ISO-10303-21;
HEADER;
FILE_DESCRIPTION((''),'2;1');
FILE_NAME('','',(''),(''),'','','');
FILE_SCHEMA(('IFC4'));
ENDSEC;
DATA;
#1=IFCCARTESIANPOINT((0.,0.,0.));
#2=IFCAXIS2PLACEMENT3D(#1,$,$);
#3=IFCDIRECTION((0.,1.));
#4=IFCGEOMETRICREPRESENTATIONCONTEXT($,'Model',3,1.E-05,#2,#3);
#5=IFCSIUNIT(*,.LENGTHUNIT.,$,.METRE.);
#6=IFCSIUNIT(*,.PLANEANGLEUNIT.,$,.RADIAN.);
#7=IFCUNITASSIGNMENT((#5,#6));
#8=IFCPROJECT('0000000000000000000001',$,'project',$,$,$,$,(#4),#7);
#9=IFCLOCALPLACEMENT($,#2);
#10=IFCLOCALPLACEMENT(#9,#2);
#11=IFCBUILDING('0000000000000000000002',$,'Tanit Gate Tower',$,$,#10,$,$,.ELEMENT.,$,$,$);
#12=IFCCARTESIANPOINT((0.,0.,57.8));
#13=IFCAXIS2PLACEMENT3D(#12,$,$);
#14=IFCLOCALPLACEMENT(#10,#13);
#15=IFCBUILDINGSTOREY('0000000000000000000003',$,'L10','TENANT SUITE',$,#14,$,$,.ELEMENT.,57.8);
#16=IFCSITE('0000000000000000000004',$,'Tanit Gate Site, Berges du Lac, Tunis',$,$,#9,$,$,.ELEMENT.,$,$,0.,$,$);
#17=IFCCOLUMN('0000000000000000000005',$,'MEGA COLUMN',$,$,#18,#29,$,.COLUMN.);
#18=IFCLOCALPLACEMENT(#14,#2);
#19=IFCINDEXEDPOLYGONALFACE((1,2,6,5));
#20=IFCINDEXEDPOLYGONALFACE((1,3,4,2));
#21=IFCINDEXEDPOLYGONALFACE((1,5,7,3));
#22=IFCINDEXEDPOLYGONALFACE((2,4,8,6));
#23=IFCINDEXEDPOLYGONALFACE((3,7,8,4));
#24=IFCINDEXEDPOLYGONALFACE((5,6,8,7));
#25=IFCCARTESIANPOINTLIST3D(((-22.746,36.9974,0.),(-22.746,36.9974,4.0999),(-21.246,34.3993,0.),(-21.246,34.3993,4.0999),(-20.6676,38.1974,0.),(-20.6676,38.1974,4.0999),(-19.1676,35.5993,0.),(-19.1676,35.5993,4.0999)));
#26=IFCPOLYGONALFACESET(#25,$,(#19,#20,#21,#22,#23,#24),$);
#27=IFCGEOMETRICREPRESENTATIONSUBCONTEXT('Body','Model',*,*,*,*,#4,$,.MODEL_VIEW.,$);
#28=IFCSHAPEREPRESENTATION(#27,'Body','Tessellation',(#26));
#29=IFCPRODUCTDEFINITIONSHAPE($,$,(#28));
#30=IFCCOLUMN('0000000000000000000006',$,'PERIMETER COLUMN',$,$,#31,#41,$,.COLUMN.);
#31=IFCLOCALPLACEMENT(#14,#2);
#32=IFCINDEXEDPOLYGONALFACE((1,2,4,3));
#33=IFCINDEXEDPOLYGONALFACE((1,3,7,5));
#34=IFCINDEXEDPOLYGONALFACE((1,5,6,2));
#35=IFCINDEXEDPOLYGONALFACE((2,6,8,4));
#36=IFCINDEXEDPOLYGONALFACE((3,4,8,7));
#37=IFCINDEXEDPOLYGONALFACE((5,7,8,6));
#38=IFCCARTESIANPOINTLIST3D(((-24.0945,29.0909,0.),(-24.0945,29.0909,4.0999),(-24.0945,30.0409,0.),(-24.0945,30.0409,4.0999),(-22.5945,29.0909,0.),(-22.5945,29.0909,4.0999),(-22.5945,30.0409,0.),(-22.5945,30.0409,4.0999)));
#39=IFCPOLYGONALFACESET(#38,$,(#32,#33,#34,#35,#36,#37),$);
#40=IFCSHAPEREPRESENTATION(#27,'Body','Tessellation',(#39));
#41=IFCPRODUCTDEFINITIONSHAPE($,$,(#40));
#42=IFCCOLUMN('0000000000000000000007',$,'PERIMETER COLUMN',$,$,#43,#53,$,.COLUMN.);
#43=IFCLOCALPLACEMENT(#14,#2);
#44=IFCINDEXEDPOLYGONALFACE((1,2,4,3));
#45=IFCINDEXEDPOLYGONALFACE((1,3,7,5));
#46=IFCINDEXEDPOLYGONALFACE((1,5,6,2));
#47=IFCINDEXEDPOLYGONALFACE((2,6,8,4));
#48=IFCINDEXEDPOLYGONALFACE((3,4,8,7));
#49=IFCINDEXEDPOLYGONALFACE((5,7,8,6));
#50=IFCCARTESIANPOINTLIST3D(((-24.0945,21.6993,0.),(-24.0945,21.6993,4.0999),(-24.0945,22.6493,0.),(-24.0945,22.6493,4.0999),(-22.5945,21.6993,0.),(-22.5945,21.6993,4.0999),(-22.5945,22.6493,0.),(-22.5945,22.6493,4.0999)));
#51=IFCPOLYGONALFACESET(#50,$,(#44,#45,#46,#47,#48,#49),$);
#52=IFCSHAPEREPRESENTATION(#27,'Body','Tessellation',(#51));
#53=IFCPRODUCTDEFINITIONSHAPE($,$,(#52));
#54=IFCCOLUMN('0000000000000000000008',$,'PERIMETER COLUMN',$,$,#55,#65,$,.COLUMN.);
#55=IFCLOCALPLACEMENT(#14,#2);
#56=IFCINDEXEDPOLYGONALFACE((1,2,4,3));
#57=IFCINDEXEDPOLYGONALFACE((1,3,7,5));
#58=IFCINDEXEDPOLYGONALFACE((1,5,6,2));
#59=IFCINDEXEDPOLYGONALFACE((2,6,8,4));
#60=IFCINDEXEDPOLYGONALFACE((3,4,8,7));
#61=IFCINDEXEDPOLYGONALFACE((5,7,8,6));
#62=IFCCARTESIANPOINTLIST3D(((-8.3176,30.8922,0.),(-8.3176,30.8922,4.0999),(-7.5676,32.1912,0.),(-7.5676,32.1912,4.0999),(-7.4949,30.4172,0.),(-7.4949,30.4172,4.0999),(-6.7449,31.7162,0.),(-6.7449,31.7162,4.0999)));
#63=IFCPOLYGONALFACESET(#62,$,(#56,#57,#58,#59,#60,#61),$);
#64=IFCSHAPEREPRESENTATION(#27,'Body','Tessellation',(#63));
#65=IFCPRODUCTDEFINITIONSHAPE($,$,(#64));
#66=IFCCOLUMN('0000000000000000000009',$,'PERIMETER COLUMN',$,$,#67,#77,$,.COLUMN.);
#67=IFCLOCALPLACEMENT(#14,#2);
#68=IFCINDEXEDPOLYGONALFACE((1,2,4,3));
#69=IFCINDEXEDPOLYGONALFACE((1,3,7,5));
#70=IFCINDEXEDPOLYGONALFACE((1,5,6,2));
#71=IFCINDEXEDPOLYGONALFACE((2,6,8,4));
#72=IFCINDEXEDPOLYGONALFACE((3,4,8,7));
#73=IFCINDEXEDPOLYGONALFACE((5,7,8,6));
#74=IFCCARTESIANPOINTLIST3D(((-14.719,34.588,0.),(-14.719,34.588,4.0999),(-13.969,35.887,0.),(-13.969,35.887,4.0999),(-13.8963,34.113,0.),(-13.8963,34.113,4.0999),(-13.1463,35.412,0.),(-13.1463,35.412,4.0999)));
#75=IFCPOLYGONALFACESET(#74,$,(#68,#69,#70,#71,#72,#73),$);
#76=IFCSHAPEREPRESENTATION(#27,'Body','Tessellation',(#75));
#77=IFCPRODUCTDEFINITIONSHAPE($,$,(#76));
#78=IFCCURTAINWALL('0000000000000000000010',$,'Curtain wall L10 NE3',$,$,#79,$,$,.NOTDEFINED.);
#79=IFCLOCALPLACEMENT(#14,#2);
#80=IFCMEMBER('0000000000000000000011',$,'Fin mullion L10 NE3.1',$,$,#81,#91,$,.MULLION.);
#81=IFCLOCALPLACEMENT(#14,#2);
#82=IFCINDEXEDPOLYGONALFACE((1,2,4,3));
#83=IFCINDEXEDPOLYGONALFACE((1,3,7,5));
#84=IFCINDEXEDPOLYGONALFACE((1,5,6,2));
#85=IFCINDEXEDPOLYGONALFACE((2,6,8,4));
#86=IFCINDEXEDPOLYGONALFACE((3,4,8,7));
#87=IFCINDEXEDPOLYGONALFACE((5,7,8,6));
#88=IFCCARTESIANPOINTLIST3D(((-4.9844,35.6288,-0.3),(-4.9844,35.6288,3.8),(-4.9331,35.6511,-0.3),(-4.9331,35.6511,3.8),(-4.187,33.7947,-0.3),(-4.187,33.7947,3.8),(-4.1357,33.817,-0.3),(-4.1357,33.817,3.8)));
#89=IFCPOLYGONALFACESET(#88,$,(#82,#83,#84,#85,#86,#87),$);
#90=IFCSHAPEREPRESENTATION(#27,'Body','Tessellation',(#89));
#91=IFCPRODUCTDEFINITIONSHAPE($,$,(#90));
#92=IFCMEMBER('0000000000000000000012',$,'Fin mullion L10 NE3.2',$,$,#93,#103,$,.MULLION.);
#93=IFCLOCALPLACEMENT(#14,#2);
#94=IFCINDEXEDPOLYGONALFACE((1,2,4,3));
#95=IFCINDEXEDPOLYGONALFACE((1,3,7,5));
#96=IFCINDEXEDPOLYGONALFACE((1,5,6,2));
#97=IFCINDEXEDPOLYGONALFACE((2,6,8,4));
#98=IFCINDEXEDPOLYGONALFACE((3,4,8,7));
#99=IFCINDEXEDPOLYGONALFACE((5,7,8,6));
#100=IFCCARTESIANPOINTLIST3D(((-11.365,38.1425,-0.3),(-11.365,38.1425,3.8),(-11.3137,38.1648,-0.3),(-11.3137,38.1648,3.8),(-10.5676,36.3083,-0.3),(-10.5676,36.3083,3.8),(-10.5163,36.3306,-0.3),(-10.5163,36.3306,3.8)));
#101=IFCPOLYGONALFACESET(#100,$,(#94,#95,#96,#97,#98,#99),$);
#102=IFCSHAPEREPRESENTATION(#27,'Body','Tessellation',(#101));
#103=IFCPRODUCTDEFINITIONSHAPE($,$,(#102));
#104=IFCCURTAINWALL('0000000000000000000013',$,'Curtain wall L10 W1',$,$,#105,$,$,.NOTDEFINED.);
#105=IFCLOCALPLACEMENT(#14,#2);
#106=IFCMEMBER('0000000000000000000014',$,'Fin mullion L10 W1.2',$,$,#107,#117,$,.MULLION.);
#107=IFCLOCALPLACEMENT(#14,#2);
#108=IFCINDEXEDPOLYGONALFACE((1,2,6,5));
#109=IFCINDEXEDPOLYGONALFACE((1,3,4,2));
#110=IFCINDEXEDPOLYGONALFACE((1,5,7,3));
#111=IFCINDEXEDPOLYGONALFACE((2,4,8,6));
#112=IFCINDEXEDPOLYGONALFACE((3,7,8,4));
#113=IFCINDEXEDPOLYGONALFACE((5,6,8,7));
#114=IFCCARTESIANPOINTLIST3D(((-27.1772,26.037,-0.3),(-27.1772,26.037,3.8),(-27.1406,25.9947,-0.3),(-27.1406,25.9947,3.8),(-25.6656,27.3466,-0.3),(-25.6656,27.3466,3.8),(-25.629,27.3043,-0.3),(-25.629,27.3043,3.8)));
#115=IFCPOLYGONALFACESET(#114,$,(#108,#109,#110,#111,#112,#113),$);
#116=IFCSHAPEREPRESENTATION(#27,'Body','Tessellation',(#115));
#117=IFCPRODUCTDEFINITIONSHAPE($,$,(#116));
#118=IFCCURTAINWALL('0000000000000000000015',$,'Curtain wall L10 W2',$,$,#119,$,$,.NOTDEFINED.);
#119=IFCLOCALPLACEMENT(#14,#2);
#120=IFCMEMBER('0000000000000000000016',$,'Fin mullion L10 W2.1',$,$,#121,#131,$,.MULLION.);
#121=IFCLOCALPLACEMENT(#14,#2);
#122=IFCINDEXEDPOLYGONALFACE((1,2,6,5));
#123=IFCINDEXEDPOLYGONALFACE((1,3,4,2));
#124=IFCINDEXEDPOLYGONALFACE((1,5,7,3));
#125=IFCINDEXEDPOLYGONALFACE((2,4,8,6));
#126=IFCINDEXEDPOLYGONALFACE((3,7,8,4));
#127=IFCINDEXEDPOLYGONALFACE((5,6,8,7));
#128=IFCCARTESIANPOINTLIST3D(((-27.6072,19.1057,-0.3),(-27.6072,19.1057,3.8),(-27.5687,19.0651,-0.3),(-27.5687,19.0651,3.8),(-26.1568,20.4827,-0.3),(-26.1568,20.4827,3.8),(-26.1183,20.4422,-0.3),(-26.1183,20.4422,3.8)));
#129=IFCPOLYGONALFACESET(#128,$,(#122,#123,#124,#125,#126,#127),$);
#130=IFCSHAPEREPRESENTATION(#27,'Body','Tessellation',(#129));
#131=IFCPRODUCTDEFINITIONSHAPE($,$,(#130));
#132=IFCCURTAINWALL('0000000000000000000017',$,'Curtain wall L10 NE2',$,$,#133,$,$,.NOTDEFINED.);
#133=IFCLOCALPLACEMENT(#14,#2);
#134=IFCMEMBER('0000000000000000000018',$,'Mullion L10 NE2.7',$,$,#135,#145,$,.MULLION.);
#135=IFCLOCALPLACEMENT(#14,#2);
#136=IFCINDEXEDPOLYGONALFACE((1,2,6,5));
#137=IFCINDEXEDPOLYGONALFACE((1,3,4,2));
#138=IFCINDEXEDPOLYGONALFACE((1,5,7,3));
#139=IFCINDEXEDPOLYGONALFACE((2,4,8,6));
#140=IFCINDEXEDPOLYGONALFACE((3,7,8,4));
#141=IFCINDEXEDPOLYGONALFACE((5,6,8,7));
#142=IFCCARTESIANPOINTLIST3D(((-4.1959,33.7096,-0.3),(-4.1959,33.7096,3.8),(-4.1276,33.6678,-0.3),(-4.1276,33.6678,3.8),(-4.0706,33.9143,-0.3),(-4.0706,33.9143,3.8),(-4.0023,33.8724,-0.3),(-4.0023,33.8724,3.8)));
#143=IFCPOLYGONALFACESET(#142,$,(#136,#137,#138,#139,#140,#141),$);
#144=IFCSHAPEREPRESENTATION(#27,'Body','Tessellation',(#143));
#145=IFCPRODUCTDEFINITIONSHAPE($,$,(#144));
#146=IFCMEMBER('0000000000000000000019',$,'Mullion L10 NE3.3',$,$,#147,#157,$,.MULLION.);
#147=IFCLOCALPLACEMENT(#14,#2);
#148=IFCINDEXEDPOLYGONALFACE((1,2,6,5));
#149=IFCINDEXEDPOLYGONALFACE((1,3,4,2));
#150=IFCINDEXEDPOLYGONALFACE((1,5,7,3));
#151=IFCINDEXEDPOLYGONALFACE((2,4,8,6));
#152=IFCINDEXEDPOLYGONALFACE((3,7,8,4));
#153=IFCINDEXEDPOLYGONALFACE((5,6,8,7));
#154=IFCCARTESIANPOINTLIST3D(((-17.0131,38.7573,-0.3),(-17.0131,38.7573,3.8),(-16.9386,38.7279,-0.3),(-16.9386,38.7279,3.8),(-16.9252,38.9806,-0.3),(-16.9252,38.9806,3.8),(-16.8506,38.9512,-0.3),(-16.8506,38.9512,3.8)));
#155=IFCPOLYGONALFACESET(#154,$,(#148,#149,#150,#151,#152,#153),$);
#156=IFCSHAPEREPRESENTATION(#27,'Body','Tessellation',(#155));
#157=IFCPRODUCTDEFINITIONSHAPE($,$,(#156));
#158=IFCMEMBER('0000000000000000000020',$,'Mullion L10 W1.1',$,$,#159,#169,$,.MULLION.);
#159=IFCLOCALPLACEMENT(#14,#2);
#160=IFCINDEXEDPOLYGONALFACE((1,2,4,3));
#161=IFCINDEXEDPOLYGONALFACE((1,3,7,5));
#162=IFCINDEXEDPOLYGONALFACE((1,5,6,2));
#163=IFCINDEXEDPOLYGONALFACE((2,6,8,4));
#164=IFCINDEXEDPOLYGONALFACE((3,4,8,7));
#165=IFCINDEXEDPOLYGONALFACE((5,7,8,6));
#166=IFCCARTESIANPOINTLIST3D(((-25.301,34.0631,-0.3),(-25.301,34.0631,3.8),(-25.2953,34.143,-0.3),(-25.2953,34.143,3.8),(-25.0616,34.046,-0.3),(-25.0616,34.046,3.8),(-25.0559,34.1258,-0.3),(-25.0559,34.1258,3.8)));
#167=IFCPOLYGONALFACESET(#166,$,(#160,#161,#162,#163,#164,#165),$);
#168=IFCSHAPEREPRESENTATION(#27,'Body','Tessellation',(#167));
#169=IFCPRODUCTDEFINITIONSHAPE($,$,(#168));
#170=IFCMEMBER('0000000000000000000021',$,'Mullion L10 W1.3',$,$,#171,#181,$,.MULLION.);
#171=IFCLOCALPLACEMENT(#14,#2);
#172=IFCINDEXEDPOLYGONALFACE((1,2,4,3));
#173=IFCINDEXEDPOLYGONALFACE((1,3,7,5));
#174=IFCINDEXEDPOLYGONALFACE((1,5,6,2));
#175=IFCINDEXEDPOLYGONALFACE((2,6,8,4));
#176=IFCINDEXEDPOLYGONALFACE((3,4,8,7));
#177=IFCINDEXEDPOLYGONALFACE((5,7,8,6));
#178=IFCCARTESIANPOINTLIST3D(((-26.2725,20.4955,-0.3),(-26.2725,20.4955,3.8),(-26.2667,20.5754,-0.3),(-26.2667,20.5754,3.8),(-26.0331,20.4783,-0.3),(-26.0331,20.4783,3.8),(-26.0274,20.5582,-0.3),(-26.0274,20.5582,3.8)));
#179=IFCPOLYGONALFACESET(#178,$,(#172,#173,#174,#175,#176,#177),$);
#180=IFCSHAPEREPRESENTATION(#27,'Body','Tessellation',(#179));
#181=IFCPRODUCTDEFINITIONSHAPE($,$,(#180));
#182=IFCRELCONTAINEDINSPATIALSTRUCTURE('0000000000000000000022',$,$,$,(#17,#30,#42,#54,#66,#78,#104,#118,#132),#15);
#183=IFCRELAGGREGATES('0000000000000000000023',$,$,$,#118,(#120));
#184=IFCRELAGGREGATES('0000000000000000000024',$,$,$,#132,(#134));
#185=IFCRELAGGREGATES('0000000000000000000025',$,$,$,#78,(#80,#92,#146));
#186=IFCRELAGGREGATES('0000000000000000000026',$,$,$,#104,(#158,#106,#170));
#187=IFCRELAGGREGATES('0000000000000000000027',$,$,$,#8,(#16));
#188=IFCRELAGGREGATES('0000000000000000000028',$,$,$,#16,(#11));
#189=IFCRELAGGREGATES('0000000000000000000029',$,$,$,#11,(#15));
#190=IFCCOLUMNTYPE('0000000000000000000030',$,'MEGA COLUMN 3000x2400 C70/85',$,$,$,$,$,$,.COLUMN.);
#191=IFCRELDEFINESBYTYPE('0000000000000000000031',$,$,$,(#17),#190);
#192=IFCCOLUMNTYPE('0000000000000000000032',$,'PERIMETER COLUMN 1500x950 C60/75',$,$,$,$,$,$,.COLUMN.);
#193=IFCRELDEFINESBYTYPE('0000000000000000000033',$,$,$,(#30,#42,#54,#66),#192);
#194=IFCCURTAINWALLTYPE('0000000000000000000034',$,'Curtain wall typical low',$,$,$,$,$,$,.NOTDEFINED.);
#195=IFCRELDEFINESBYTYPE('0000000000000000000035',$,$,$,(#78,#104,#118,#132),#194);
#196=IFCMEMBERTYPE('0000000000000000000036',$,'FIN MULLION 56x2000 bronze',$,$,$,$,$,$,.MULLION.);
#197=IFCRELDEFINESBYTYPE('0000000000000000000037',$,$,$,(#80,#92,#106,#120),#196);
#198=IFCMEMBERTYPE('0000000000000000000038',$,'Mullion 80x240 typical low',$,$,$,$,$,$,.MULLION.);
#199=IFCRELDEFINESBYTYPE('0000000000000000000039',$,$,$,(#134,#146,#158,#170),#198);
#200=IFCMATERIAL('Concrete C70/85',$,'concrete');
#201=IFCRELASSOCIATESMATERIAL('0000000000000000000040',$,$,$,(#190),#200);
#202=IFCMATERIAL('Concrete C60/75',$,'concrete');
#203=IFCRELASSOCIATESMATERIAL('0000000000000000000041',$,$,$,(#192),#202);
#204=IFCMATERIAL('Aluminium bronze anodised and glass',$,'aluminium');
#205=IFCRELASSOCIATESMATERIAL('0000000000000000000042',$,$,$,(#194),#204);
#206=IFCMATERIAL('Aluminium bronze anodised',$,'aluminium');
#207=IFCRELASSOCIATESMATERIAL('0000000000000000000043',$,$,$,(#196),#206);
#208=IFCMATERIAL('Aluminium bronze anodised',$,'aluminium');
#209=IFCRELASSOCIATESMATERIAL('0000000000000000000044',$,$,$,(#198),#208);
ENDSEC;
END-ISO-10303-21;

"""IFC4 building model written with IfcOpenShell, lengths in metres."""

from ifc_helpers import new_model, si_unit, direction, frame, origin, origin_2d, place, context, subcontext, project, spatial, rectangle, extrude, material, material_profile, profile_set, type_object, element, aggregate, save


model = new_model("IFC4")

# Units and contexts
model_context = context("Model", 3, precision=1e-05, world=origin(), true_north=direction((0.0, 1.0)))
body_context = subcontext(model_context, "Body", "Model", "MODEL_VIEW")
ifc_project = project(units=[si_unit("LENGTHUNIT", "METRE"), si_unit("PLANEANGLEUNIT", "RADIAN")], contexts=[model_context])

# Site, building, storey
site_placement = place(None, origin())
site = spatial("IfcSite", under=ifc_project, at=site_placement, Name="Tanit Gate Site, Berges du Lac, Tunis", CompositionType="ELEMENT", RefElevation=0.0)
building_placement = place(site_placement, origin())
building = spatial("IfcBuilding", under=site, at=building_placement, Name="Tanit Gate Tower", CompositionType="ELEMENT")
storey_placement = place(building_placement, frame((0.0, 0.0, 57.8)))
storey = spatial("IfcBuildingStorey", under=building, at=storey_placement, Name="L10", Description="TENANT SUITE", CompositionType="ELEMENT", Elevation=57.8)

# Columns
ifc_material_1 = material(Name="Concrete C70/85", Category="concrete")
ifc_material_profile_1 = material_profile(ifc_material_1, rectangle(XDim=3.0, YDim=2.3999, at=origin_2d()), Name="RC 3000x2400")
ifc_profile_set_1 = profile_set([ifc_material_profile_1], Name="Concrete C70/85")
column_type_1 = type_object("IfcColumnType", Name="MEGA COLUMN 3000x2400 C70/85", PredefinedType="COLUMN", material=ifc_profile_set_1)
column_placement = place(storey_placement, frame((-20.9568, 36.2983, 0.0), z_axis=(0.0, 0.0, 1.0), x_axis=(-0.5, 0.866025, 0.0)))
element("IfcColumn", 1, at=column_placement, inside=storey, type_object=column_type_1, Name="MEGA COLUMN", PredefinedType="COLUMN", context=body_context, shape_type="SweptSolid", body=[
    extrude(rectangle(XDim=3.0, YDim=2.3999, at=origin_2d()), origin(), (0.0, 0.0, 1.0), 4.0999),
])
ifc_material_2 = material(Name="Concrete C60/75", Category="concrete")
ifc_material_profile_2 = material_profile(ifc_material_2, rectangle(XDim=1.5, YDim=0.95, at=origin_2d()), Name="RC 1500x950")
ifc_profile_set_2 = profile_set([ifc_material_profile_2], Name="Concrete C60/75")
column_type_2 = type_object("IfcColumnType", Name="PERIMETER COLUMN 1500x950 C60/75", PredefinedType="COLUMN", material=ifc_profile_set_2)
for number, where, z_axis, x_axis, name in (
    (2, (-23.3445, 29.5659, 0.0), (0.0, 0.0, 1.0), (-1.0, 0.0, 0.0), "PERIMETER COLUMN"),
    (3, (-23.3445, 22.1743, 0.0), (0.0, 0.0, 1.0), (-1.0, 0.0, 0.0), "PERIMETER COLUMN"),
    (4, (-7.5312, 31.3042, 0.0), (0.0, 0.0, 1.0), (0.5, 0.866025, 0.0), "PERIMETER COLUMN"),
    (5, (-13.9326, 35.0, 0.0), (0.0, 0.0, 1.0), (0.5, 0.866025, 0.0), "PERIMETER COLUMN"),
):
    element("IfcColumn", number, at=place(storey_placement, frame(where, z_axis=z_axis, x_axis=x_axis)), inside=storey, type_object=column_type_2, Name=name, PredefinedType="COLUMN", context=body_context, shape_type="SweptSolid", body=[
        extrude(rectangle(XDim=1.5, YDim=0.95, at=origin_2d()), origin(), (0.0, 0.0, 1.0), 4.0999),
    ])

# Curtain wall, members
ifc_material_3 = material(Name="Aluminium bronze anodised and glass", Category="aluminium")
curtain_wall_type = type_object("IfcCurtainWallType", Name="Curtain wall typical low", PredefinedType="NOTDEFINED", material=ifc_material_3)
curtain_wall_1_placement = place(storey_placement, origin())
curtain_wall_1 = element("IfcCurtainWall", 6, at=curtain_wall_1_placement, inside=storey, type_object=curtain_wall_type, Name="Curtain wall L10 NE3", PredefinedType="NOTDEFINED")
ifc_material_4 = material(Name="Aluminium bronze anodised", Category="aluminium")
ifc_material_profile_3 = material_profile(ifc_material_4, rectangle(XDim=2.0, YDim=0.0559, at=origin_2d()), Name="56x2000 bronze fin mullion")
ifc_profile_set_3 = profile_set([ifc_material_profile_3], Name="Aluminium bronze anodised")
member_type_1 = type_object("IfcMemberType", Name="FIN MULLION 56x2000 bronze", PredefinedType="MULLION", material=ifc_profile_set_3)
member_1_placement = place(storey_placement, frame((-4.5601, 34.7229, -0.3), z_axis=(0.0, 0.0, 1.0), x_axis=(0.398703, -0.91708, 0.0)))
member_1 = element("IfcMember", 7, at=member_1_placement, type_object=member_type_1, Name="Fin mullion L10 NE3.1", PredefinedType="MULLION", context=body_context, shape_type="SweptSolid", body=[
    extrude(rectangle(XDim=2.0, YDim=0.0559, at=origin_2d()), origin(), (0.0, 0.0, 1.0), 4.1001),
])
member_2_placement = place(storey_placement, frame((-10.9407, 37.2366, -0.3), z_axis=(0.0, 0.0, 1.0), x_axis=(0.398703, -0.91708, 0.0)))
member_2 = element("IfcMember", 8, at=member_2_placement, type_object=member_type_1, Name="Fin mullion L10 NE3.2", PredefinedType="MULLION", context=body_context, shape_type="SweptSolid", body=[
    extrude(rectangle(XDim=2.0, YDim=0.0559, at=origin_2d()), origin(), (0.0, 0.0, 1.0), 4.1001),
])

# Curtain walls, members
curtain_wall_2_placement = place(storey_placement, origin())
curtain_wall_2 = element("IfcCurtainWall", 9, at=curtain_wall_2_placement, inside=storey, type_object=curtain_wall_type, Name="Curtain wall L10 W1", PredefinedType="NOTDEFINED")
member_3_placement = place(storey_placement, frame((-26.4031, 26.6707, -0.3), z_axis=(0.0, 0.0, 1.0), x_axis=(0.755802, 0.6548, 0.0)))
member_3 = element("IfcMember", 10, at=member_3_placement, type_object=member_type_1, Name="Fin mullion L10 W1.2", PredefinedType="MULLION", context=body_context, shape_type="SweptSolid", body=[
    extrude(rectangle(XDim=2.0, YDim=0.0559, at=origin_2d()), origin(), (0.0, 0.0, 1.0), 4.1001),
])
curtain_wall_3_placement = place(storey_placement, origin())
curtain_wall_3 = element("IfcCurtainWall", 11, at=curtain_wall_3_placement, inside=storey, type_object=curtain_wall_type, Name="Curtain wall L10 W2", PredefinedType="NOTDEFINED")
member_4_placement = place(storey_placement, frame((-26.8628, 19.7739, -0.3), z_axis=(0.0, 0.0, 1.0), x_axis=(0.7252, 0.688538, 0.0)))
member_4 = element("IfcMember", 12, at=member_4_placement, type_object=member_type_1, Name="Fin mullion L10 W2.1", PredefinedType="MULLION", context=body_context, shape_type="SweptSolid", body=[
    extrude(rectangle(XDim=2.0, YDim=0.0559, at=origin_2d()), origin(), (0.0, 0.0, 1.0), 4.1001),
])
curtain_wall_4_placement = place(storey_placement, origin())
curtain_wall_4 = element("IfcCurtainWall", 13, at=curtain_wall_4_placement, inside=storey, type_object=curtain_wall_type, Name="Curtain wall L10 NE2", PredefinedType="NOTDEFINED")
ifc_material_5 = material(Name="Aluminium bronze anodised", Category="aluminium")
ifc_material_profile_4 = material_profile(ifc_material_5, rectangle(XDim=0.24, YDim=0.0801, at=origin_2d()), Name="80x240 bronze mullion")
ifc_profile_set_4 = profile_set([ifc_material_profile_4], Name="Aluminium bronze anodised")
member_type_2 = type_object("IfcMemberType", Name="Mullion 80x240 typical low", PredefinedType="MULLION", material=ifc_profile_set_4)
member_5_placement = place(storey_placement, frame((-4.0991, 33.791, -0.3), z_axis=(0.0, 0.0, 1.0), x_axis=(-0.522283, -0.852772, 0.0)))
member_5 = element("IfcMember", 14, at=member_5_placement, type_object=member_type_2, Name="Mullion L10 NE2.7", PredefinedType="MULLION", context=body_context, shape_type="SweptSolid", body=[
    extrude(rectangle(XDim=0.24, YDim=0.0801, at=origin_2d()), origin(), (0.0, 0.0, 1.0), 4.1001),
])

# Members
member_6_placement = place(storey_placement, frame((-16.9319, 38.8542, -0.3), z_axis=(0.0, 0.0, 1.0), x_axis=(-0.366548, -0.930399, 0.0)))
member_6 = element("IfcMember", 15, at=member_6_placement, type_object=member_type_2, Name="Mullion L10 NE3.3", PredefinedType="MULLION", context=body_context, shape_type="SweptSolid", body=[
    extrude(rectangle(XDim=0.24, YDim=0.0801, at=origin_2d()), origin(), (0.0, 0.0, 1.0), 4.1001),
])
member_7_placement = place(storey_placement, frame((-25.1785, 34.0945, -0.3), z_axis=(0.0, 0.0, 1.0), x_axis=(0.997446, -0.071419, 0.0)))
member_7 = element("IfcMember", 16, at=member_7_placement, type_object=member_type_2, Name="Mullion L10 W1.1", PredefinedType="MULLION", context=body_context, shape_type="SweptSolid", body=[
    extrude(rectangle(XDim=0.24, YDim=0.0801, at=origin_2d()), origin(), (0.0, 0.0, 1.0), 4.1001),
])
member_8_placement = place(storey_placement, frame((-26.1499, 20.5269, -0.3), z_axis=(0.0, 0.0, 1.0), x_axis=(0.997446, -0.071419, 0.0)))
member_8 = element("IfcMember", 17, at=member_8_placement, type_object=member_type_2, Name="Mullion L10 W1.3", PredefinedType="MULLION", context=body_context, shape_type="SweptSolid", body=[
    extrude(rectangle(XDim=0.24, YDim=0.0801, at=origin_2d()), origin(), (0.0, 0.0, 1.0), 4.1001),
])

aggregate(curtain_wall_3, [member_4])

aggregate(curtain_wall_4, [member_5])
aggregate(curtain_wall_1, [member_1, member_2, member_6])
aggregate(curtain_wall_2, [member_7, member_3, member_8])

save(model, "model.ifc")
